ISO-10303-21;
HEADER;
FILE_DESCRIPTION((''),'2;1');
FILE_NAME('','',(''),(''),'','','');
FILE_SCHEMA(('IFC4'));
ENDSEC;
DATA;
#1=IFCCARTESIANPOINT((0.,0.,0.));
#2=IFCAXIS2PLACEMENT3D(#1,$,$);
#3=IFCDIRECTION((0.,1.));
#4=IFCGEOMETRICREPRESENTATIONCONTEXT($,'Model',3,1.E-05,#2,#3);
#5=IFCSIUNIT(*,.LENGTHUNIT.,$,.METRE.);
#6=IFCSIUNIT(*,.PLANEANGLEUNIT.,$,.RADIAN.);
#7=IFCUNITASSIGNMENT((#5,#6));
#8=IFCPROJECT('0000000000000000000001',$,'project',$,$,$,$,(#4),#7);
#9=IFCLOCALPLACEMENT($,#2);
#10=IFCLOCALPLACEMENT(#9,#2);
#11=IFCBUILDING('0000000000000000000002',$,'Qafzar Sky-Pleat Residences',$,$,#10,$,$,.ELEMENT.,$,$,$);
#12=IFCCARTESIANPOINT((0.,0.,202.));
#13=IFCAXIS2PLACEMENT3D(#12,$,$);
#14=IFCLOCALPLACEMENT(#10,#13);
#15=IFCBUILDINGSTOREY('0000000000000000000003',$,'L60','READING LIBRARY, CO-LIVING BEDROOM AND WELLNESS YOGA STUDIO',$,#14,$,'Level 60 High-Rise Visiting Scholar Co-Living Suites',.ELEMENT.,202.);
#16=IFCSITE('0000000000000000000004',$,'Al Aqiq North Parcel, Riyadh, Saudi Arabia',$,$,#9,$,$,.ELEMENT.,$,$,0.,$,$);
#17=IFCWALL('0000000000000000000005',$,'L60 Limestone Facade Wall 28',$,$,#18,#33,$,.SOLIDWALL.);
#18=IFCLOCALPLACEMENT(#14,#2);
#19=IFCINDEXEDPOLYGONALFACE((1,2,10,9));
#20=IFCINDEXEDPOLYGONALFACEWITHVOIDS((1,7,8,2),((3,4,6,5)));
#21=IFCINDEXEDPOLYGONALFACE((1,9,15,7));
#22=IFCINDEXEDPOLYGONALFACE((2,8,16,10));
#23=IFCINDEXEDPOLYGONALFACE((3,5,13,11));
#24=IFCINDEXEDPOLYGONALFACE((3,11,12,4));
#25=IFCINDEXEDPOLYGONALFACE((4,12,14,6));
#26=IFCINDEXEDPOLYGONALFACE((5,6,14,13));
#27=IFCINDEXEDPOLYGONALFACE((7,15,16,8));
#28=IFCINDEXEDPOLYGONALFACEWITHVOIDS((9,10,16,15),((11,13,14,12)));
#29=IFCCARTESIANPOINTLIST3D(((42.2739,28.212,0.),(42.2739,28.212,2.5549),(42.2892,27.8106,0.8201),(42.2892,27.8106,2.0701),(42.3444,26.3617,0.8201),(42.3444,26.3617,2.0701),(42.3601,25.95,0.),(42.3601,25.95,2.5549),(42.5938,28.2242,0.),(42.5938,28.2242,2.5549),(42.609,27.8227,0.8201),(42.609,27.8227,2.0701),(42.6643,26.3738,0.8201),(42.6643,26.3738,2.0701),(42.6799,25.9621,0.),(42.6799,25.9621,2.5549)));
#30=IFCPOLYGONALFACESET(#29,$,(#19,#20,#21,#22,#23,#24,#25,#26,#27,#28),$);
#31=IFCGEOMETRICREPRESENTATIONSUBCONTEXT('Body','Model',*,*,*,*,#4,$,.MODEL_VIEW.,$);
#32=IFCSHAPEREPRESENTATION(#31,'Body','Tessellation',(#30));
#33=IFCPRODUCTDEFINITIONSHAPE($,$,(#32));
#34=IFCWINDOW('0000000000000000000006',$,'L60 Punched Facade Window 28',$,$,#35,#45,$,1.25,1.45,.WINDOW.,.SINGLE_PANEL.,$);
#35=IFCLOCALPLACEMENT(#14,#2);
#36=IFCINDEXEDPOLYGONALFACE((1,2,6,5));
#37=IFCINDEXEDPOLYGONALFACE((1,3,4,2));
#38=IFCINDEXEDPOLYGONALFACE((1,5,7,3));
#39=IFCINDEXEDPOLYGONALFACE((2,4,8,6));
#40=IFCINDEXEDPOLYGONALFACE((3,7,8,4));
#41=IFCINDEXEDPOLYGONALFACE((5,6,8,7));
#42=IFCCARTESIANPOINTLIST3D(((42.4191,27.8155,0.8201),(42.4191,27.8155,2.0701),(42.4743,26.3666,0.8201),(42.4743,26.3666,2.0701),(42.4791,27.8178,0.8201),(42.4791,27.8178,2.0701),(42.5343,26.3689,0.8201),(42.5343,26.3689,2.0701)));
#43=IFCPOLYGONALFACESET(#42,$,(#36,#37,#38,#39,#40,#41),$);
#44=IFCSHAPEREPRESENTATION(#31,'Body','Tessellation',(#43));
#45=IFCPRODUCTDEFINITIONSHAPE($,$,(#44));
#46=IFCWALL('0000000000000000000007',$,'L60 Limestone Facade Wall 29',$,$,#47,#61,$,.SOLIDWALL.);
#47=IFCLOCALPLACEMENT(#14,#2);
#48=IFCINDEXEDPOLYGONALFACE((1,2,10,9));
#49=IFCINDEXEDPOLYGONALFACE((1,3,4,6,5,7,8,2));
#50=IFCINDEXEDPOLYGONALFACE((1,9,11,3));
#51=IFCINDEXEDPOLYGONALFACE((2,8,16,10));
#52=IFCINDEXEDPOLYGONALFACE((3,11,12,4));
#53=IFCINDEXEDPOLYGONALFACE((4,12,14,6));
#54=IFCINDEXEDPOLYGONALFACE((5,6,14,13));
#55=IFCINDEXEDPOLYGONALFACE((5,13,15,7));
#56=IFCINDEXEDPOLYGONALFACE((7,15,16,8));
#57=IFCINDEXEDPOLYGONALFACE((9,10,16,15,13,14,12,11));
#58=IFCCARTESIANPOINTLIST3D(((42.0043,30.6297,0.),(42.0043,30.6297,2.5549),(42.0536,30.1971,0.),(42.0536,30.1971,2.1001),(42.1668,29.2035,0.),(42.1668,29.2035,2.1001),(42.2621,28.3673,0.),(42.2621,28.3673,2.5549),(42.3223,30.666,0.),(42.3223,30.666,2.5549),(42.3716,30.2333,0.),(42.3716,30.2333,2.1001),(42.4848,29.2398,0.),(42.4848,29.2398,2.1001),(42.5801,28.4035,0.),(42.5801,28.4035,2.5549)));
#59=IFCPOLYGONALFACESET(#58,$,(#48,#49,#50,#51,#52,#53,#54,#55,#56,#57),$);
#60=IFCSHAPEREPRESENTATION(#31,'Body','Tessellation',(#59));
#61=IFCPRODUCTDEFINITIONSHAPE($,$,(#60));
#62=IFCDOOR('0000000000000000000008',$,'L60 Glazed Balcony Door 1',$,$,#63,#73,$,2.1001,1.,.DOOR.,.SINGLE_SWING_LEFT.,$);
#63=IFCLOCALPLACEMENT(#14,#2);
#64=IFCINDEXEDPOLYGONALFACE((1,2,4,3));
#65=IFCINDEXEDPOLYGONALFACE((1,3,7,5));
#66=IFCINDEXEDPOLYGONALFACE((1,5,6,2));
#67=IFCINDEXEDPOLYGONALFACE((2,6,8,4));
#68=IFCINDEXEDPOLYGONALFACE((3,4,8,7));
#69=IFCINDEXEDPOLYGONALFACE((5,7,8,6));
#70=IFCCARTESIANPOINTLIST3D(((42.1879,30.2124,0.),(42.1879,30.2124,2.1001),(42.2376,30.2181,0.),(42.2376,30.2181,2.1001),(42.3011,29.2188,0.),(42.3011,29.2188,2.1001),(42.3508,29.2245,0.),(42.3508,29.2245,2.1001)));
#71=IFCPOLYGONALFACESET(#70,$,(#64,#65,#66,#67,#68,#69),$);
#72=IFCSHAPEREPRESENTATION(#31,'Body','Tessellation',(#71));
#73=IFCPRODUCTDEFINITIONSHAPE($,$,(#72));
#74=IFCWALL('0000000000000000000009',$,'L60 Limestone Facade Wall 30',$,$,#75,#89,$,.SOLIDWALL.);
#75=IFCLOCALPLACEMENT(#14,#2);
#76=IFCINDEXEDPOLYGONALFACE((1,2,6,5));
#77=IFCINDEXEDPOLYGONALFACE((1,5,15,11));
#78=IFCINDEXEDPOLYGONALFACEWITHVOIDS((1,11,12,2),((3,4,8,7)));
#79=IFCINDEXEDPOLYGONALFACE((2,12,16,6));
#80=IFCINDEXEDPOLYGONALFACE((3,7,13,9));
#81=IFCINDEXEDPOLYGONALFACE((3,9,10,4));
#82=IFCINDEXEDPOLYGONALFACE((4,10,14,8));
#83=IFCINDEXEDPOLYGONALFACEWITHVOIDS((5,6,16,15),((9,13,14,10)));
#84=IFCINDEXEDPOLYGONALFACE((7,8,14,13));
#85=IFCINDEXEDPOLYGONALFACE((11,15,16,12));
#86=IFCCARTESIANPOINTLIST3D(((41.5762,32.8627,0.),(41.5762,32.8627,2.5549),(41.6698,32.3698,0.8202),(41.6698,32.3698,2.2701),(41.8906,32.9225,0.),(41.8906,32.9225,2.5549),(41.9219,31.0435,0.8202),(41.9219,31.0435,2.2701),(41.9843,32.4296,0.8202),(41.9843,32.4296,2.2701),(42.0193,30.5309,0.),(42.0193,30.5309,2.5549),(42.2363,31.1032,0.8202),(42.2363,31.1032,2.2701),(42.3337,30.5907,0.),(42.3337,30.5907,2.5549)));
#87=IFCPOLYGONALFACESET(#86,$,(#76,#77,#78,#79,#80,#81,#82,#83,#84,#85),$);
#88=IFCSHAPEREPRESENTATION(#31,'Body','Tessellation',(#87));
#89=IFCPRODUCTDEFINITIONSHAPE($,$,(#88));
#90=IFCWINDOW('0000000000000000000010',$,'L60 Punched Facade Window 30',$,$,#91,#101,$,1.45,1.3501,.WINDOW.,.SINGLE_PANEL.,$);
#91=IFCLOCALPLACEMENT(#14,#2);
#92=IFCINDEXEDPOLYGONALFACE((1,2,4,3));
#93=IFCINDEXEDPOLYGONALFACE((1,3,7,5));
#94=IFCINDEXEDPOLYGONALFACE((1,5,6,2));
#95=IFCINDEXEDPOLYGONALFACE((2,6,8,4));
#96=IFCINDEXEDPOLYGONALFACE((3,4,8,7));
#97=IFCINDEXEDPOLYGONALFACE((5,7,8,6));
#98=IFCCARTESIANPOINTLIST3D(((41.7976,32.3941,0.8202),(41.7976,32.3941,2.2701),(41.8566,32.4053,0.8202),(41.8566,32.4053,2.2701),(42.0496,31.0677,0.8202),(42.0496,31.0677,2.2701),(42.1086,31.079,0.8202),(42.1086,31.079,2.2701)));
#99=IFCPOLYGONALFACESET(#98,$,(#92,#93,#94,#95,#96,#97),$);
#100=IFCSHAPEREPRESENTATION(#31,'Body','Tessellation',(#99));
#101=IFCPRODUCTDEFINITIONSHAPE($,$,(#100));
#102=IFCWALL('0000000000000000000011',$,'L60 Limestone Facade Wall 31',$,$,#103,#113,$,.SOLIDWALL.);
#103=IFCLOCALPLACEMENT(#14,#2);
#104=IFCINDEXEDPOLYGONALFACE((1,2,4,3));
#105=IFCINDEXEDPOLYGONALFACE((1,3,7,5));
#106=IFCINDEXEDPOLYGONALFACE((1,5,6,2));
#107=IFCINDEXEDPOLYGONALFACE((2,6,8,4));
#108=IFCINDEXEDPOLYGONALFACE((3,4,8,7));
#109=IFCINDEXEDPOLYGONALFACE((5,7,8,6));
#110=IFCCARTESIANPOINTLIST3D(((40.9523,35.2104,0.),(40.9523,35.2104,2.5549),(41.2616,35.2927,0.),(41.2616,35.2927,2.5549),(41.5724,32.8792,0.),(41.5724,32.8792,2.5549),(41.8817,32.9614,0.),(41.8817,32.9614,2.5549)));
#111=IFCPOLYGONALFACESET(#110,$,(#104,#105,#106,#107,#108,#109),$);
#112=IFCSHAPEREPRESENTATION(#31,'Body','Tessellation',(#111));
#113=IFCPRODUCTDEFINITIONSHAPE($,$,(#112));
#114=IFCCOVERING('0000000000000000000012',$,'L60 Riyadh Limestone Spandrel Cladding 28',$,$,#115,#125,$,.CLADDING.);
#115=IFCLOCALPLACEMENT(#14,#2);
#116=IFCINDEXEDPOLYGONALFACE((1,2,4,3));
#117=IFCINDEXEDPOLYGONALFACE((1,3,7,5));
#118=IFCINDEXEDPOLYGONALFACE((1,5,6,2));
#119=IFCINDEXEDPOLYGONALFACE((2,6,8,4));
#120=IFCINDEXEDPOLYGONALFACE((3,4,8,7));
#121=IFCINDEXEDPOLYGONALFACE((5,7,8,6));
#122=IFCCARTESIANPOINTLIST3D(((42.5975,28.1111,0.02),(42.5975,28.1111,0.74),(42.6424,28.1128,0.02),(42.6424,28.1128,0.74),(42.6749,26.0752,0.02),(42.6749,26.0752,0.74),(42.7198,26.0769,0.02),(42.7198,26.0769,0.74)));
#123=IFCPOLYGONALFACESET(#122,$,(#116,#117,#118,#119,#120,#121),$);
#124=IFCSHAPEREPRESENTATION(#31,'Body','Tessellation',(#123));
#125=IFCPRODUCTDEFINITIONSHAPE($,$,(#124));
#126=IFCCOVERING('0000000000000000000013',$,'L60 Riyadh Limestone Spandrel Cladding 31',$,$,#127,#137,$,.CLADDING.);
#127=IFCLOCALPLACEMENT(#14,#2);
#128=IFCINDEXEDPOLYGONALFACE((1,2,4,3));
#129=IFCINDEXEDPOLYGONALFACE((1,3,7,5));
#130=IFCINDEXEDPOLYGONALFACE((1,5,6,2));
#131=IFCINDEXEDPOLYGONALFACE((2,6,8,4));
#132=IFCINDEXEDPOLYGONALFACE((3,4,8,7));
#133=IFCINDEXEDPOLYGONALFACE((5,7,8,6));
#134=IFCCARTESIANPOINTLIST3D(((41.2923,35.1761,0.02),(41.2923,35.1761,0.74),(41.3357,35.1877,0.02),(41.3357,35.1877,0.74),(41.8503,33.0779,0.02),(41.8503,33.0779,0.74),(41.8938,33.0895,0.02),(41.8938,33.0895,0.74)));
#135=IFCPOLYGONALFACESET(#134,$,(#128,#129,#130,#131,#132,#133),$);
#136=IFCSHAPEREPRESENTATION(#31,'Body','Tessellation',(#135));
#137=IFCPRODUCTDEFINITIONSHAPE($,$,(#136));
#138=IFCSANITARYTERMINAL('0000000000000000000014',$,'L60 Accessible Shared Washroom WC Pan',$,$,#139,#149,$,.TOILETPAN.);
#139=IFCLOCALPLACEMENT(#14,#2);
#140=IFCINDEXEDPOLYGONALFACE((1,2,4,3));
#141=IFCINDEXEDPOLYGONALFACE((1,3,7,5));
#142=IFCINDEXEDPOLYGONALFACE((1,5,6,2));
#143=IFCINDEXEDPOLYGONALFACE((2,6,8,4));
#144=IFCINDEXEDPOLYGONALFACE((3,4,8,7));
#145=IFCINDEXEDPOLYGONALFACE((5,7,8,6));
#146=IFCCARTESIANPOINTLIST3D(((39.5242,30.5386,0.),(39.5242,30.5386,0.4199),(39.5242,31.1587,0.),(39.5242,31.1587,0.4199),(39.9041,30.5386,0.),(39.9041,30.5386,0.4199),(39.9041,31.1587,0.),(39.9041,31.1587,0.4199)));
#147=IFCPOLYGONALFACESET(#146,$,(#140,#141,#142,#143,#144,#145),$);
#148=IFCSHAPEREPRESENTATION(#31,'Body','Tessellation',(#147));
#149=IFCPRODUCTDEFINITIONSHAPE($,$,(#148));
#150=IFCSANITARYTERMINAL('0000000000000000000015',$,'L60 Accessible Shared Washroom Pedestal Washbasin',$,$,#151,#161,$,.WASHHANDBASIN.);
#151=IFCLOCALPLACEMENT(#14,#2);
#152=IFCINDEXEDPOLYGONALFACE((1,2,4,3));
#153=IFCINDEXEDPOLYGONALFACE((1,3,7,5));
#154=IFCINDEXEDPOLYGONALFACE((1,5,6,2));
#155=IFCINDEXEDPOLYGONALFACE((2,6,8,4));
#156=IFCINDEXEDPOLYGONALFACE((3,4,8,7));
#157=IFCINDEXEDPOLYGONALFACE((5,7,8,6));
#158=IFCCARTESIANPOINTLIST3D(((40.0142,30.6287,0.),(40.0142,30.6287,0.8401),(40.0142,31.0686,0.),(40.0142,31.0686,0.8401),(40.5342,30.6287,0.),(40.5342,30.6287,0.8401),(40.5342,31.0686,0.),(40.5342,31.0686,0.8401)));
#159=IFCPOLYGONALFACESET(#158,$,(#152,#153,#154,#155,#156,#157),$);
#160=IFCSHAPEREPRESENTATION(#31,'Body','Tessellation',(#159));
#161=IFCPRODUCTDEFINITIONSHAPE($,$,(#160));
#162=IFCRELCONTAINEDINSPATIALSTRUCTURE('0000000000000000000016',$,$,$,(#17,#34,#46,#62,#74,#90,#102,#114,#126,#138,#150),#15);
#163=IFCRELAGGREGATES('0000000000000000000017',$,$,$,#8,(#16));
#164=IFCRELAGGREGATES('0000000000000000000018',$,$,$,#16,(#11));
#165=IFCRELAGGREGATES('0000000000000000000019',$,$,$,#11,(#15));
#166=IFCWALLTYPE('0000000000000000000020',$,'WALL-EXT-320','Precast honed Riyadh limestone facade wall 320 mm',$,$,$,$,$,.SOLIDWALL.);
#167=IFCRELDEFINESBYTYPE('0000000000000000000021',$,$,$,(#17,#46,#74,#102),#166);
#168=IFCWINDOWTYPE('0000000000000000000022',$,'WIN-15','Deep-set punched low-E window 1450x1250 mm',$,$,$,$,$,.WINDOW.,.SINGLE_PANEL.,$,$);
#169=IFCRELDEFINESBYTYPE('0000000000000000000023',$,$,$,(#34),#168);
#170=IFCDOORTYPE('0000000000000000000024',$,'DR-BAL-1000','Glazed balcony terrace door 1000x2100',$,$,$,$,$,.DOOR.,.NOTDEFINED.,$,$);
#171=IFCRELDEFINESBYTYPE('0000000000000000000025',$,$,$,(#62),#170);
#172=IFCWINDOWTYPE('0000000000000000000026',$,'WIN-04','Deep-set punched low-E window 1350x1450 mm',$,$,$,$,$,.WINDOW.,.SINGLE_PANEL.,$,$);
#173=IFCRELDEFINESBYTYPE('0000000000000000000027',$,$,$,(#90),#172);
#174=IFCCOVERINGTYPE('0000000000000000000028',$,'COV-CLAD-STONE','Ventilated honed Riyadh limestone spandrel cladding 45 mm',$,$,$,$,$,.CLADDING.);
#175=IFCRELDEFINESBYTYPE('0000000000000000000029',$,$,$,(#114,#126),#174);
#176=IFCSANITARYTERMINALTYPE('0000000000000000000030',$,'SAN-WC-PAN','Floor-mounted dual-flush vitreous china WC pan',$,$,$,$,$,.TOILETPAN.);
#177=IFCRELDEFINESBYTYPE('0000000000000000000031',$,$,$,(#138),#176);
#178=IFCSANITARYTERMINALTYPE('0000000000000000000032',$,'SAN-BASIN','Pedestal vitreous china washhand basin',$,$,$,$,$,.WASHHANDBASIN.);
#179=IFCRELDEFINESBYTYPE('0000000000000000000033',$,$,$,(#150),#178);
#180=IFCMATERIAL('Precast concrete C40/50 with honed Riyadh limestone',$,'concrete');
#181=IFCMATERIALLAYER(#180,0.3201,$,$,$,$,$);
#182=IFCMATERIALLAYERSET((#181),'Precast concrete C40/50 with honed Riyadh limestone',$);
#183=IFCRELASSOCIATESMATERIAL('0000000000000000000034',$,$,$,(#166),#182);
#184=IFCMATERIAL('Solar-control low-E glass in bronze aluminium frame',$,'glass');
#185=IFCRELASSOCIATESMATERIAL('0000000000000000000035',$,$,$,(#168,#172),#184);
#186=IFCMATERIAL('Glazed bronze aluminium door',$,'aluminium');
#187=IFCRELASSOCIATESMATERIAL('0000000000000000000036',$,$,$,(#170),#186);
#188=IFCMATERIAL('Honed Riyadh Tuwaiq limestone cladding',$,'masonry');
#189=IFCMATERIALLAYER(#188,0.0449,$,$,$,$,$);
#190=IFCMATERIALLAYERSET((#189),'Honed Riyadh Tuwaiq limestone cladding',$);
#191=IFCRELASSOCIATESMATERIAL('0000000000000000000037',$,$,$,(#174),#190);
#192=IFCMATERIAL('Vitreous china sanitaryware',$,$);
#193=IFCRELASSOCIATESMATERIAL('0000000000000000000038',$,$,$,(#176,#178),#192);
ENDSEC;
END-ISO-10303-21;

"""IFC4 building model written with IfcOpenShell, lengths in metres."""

from ifc_helpers import new_model, si_unit, direction, frame, frame_2d, origin, origin_2d, place, context, subcontext, project, spatial, rectangle, extrude, source, transform, mapped, material, layer, layer_set, type_object, element, fill, save


model = new_model("IFC4")

# Units and contexts
model_context = context("Model", 3, precision=1e-05, world=origin(), true_north=direction((0.0, 1.0)))
body_context = subcontext(model_context, "Body", "Model", "MODEL_VIEW")
ifc_project = project(units=[si_unit("LENGTHUNIT", "METRE"), si_unit("PLANEANGLEUNIT", "RADIAN")], contexts=[model_context])

# Site, building, storey
site_placement = place(None, origin())
site = spatial("IfcSite", under=ifc_project, at=site_placement, Name="Al Aqiq North Parcel, Riyadh, Saudi Arabia", CompositionType="ELEMENT", RefElevation=0.0)
building_placement = place(site_placement, origin())
building = spatial("IfcBuilding", under=site, at=building_placement, Name="Qafzar Sky-Pleat Residences", CompositionType="ELEMENT")
storey_placement = place(building_placement, frame((0.0, 0.0, 202.0)))
storey = spatial("IfcBuildingStorey", under=building, at=storey_placement, Name="L60", Description="READING LIBRARY, CO-LIVING BEDROOM AND WELLNESS YOGA STUDIO", LongName="Level 60 High-Rise Visiting Scholar Co-Living Suites", CompositionType="ELEMENT", Elevation=202.0)

# Wall, opening, window
ifc_material_1 = material(Name="Precast concrete C40/50 with honed Riyadh limestone", Category="concrete")
ifc_layer_1 = layer(ifc_material_1, 0.3201)
ifc_layer_set_1 = layer_set([ifc_layer_1], Name="Precast concrete C40/50 with honed Riyadh limestone")
wall_type_1 = type_object("IfcWallType", Name="WALL-EXT-320", Description="Precast honed Riyadh limestone facade wall 320 mm", PredefinedType="SOLIDWALL", material=ifc_layer_set_1)
wall_1_placement = place(storey_placement, frame((42.52, 25.9561, 0.0), z_axis=(0.0, 0.0, 1.0), x_axis=(-0.038073, 0.999275, 0.0)))
wall_1 = element("IfcWall", 1, at=wall_1_placement, inside=storey, type_object=wall_type_1, Name="L60 Limestone Facade Wall 28", PredefinedType="SOLIDWALL", context=body_context, shape_type="SweptSolid", body=[
    extrude(rectangle(XDim=2.2637, YDim=0.3201, at=frame_2d((1.1318, 0.0))), origin(), (0.0, 0.0, 1.0), 2.5549),
])
opening_1_placement = place(wall_1_placement, frame((0.4119, 0.0, 0.8201)))
opening_1 = element("IfcOpeningElement", 2, at=opening_1_placement, cuts=wall_1, PredefinedType="OPENING", context=body_context, shape_type="SweptSolid", body=[
    extrude(rectangle(XDim=1.45, YDim=1.25, at=frame_2d((0.7251, 0.625))), frame((0.0, 0.1699, 0.0), z_axis=(0.0, -1.0, 0.0), x_axis=(1.0, 0.0, 0.0)), (0.0, 0.0, 1.0), 0.3401),
])
ifc_material_2 = material(Name="Solar-control low-E glass in bronze aluminium frame", Category="glass")
window_type_1 = type_object("IfcWindowType", Name="WIN-15", Description="Deep-set punched low-E window 1450x1250 mm", PartitioningType="SINGLE_PANEL", PredefinedType="WINDOW", material=ifc_material_2)
shared_shape_1 = source(origin(), body_context, "Body", "SweptSolid", [
    extrude(rectangle(XDim=1.45, YDim=1.25, at=frame_2d((0.7251, 0.625))), frame((0.0, 0.03, 0.0), z_axis=(0.0, -1.0, 0.0), x_axis=(1.0, 0.0, 0.0)), (0.0, 0.0, 1.0), 0.0601),
])
window_1_placement = place(opening_1_placement, origin())
window_1 = element("IfcWindow", 3, at=window_1_placement, inside=storey, type_object=window_type_1, Name="L60 Punched Facade Window 28", OverallHeight=1.25, OverallWidth=1.45, PartitioningType="SINGLE_PANEL", PredefinedType="WINDOW", context=body_context, shape_type="MappedRepresentation", body=[
    mapped(shared_shape_1, transform((0.0, 0.0, 0.0), x_axis=(1.0, 0.0, 0.0), y_axis=(0.0, 1.0, 0.0), z_axis=(0.0, 0.0, 1.0), scale=1.0)),
])
fill(opening_1, window_1)

# Wall, opening, door
wall_2_placement = place(storey_placement, frame((42.4211, 28.3853, 0.0), z_axis=(0.0, 0.0, 1.0), x_axis=(-0.11322, 0.99357, 0.0)))
wall_2 = element("IfcWall", 4, at=wall_2_placement, inside=storey, type_object=wall_type_1, Name="L60 Limestone Facade Wall 29", PredefinedType="SOLIDWALL", context=body_context, shape_type="SweptSolid", body=[
    extrude(rectangle(XDim=2.2771, YDim=0.3201, at=frame_2d((1.1387, 0.0))), origin(), (0.0, 0.0, 1.0), 2.5549),
])
opening_2_placement = place(wall_2_placement, frame((0.8418, 0.0, 0.0)))
opening_2 = element("IfcOpeningElement", 5, at=opening_2_placement, cuts=wall_2, PredefinedType="OPENING", context=body_context, shape_type="SweptSolid", body=[
    extrude(rectangle(XDim=1.0, YDim=2.1001, at=frame_2d((0.5, 1.05))), frame((0.0, 0.1699, 0.0), z_axis=(0.0, -1.0, 0.0), x_axis=(1.0, 0.0, 0.0)), (0.0, 0.0, 1.0), 0.3401),
])
ifc_material_3 = material(Name="Glazed bronze aluminium door", Category="aluminium")
door_type = type_object("IfcDoorType", Name="DR-BAL-1000", Description="Glazed balcony terrace door 1000x2100", OperationType="NOTDEFINED", PredefinedType="DOOR", material=ifc_material_3)
shared_shape_2 = source(origin(), body_context, "Body", "SweptSolid", [
    extrude(rectangle(XDim=1.0, YDim=2.1001, at=frame_2d((0.5, 1.05))), frame((0.0, 0.0249, 0.0), z_axis=(0.0, -1.0, 0.0), x_axis=(1.0, 0.0, 0.0)), (0.0, 0.0, 1.0), 0.05),
])
door_placement = place(opening_2_placement, origin())
door = element("IfcDoor", 6, at=door_placement, inside=storey, type_object=door_type, Name="L60 Glazed Balcony Door 1", OperationType="SINGLE_SWING_LEFT", OverallHeight=2.1001, OverallWidth=1.0, PredefinedType="DOOR", context=body_context, shape_type="MappedRepresentation", body=[
    mapped(shared_shape_2, transform((0.0, 0.0, 0.0), x_axis=(1.0, 0.0, 0.0), y_axis=(0.0, 1.0, 0.0), z_axis=(0.0, 0.0, 1.0), scale=1.0)),
])
fill(opening_2, door)

# Wall, opening, window
wall_3_placement = place(storey_placement, frame((42.1765, 30.5608, 0.0), z_axis=(0.0, 0.0, 1.0), x_axis=(-0.186691, 0.982419, 0.0)))
wall_3 = element("IfcWall", 7, at=wall_3_placement, inside=storey, type_object=wall_type_1, Name="L60 Limestone Facade Wall 30", PredefinedType="SOLIDWALL", context=body_context, shape_type="SweptSolid", body=[
    extrude(rectangle(XDim=2.3735, YDim=0.3201, at=frame_2d((1.1868, 0.0))), origin(), (0.0, 0.0, 1.0), 2.5549),
])
opening_3_placement = place(wall_3_placement, frame((0.5217, 0.0, 0.8201)))
opening_3 = element("IfcOpeningElement", 8, at=opening_3_placement, cuts=wall_3, PredefinedType="OPENING", context=body_context, shape_type="SweptSolid", body=[
    extrude(rectangle(XDim=1.3501, YDim=1.45, at=frame_2d((0.675, 0.7251))), frame((0.0, 0.1699, 0.0), z_axis=(0.0, -1.0, 0.0), x_axis=(1.0, 0.0, 0.0)), (0.0, 0.0, 1.0), 0.3401),
])
window_type_2 = type_object("IfcWindowType", Name="WIN-04", Description="Deep-set punched low-E window 1350x1450 mm", PartitioningType="SINGLE_PANEL", PredefinedType="WINDOW", material=ifc_material_2)
shared_shape_3 = source(origin(), body_context, "Body", "SweptSolid", [
    extrude(rectangle(XDim=1.3501, YDim=1.45, at=frame_2d((0.675, 0.7251))), frame((0.0, 0.03, 0.0), z_axis=(0.0, -1.0, 0.0), x_axis=(1.0, 0.0, 0.0)), (0.0, 0.0, 1.0), 0.0601),
])
window_2_placement = place(opening_3_placement, origin())
window_2 = element("IfcWindow", 9, at=window_2_placement, inside=storey, type_object=window_type_2, Name="L60 Punched Facade Window 30", OverallHeight=1.45, OverallWidth=1.3501, PartitioningType="SINGLE_PANEL", PredefinedType="WINDOW", context=body_context, shape_type="MappedRepresentation", body=[
    mapped(shared_shape_3, transform((0.0, 0.0, 0.0), x_axis=(1.0, 0.0, 0.0), y_axis=(0.0, 1.0, 0.0), z_axis=(0.0, 0.0, 1.0), scale=1.0)),
])
fill(opening_3, window_2)

# Wall
wall_4_placement = place(storey_placement, frame((41.7271, 32.9204, 0.0), z_axis=(0.0, 0.0, 1.0), x_axis=(-0.257058, 0.966396, 0.0)))
element("IfcWall", 10, at=wall_4_placement, inside=storey, type_object=wall_type_1, Name="L60 Limestone Facade Wall 31", PredefinedType="SOLIDWALL", context=body_context, shape_type="SweptSolid", body=[
    extrude(rectangle(XDim=2.4124, YDim=0.3201, at=frame_2d((1.2061, 0.0))), origin(), (0.0, 0.0, 1.0), 2.5549),
])

# Coverings
ifc_material_4 = material(Name="Honed Riyadh Tuwaiq limestone cladding", Category="masonry")
ifc_layer_2 = layer(ifc_material_4, 0.0449)
ifc_layer_set_2 = layer_set([ifc_layer_2], Name="Honed Riyadh Tuwaiq limestone cladding")
covering_type = type_object("IfcCoveringType", Name="COV-CLAD-STONE", Description="Ventilated honed Riyadh limestone spandrel cladding 45 mm", PredefinedType="CLADDING", material=ifc_layer_set_2)
shared_shape_4 = source(origin(), body_context, "Body", "SweptSolid", [
    extrude(rectangle(XDim=2.0374, YDim=0.0449, at=origin_2d()), origin(), (0.0, 0.0, 1.0), 0.72),
])
covering_1_placement = place(storey_placement, frame((42.6587, 27.094, 0.02), z_axis=(0.0, 0.0, 1.0), x_axis=(-0.037992, 0.999278, 0.0)))
element("IfcCovering", 11, at=covering_1_placement, inside=storey, type_object=covering_type, Name="L60 Riyadh Limestone Spandrel Cladding 28", PredefinedType="CLADDING", context=body_context, shape_type="MappedRepresentation", body=[
    mapped(shared_shape_4, transform((0.0, 0.0, 0.0), x_axis=(1.0, 0.0, 0.0), y_axis=(0.0, 1.0, 0.0), z_axis=(0.0, 0.0, 1.0), scale=1.0)),
])
shared_shape_5 = source(origin(), body_context, "Body", "SweptSolid", [
    extrude(rectangle(XDim=2.1711, YDim=0.0449, at=origin_2d()), origin(), (0.0, 0.0, 1.0), 0.72),
])
covering_2_placement = place(storey_placement, frame((41.593, 34.1328, 0.02), z_axis=(0.0, 0.0, 1.0), x_axis=(-0.257041, 0.966401, 0.0)))
element("IfcCovering", 12, at=covering_2_placement, inside=storey, type_object=covering_type, Name="L60 Riyadh Limestone Spandrel Cladding 31", PredefinedType="CLADDING", context=body_context, shape_type="MappedRepresentation", body=[
    mapped(shared_shape_5, transform((0.0, 0.0, 0.0), x_axis=(1.0, 0.0, 0.0), y_axis=(0.0, 1.0, 0.0), z_axis=(0.0, 0.0, 1.0), scale=1.0)),
])

# Sanitary terminals
ifc_material_5 = material(Name="Vitreous china sanitaryware")
sanitary_terminal_type_1 = type_object("IfcSanitaryTerminalType", Name="SAN-WC-PAN", Description="Floor-mounted dual-flush vitreous china WC pan", PredefinedType="TOILETPAN", material=ifc_material_5)
shared_shape_6 = source(origin(), body_context, "Body", "SweptSolid", [
    extrude(rectangle(XDim=0.3799, YDim=0.6201, at=origin_2d()), origin(), (0.0, 0.0, 1.0), 0.4199),
])
sanitary_terminal_1_placement = place(storey_placement, frame((39.7141, 30.8486, 0.0), z_axis=(0.0, 0.0, 1.0), x_axis=(1.0, 0.0, 0.0)))
element("IfcSanitaryTerminal", 13, at=sanitary_terminal_1_placement, inside=storey, type_object=sanitary_terminal_type_1, Name="L60 Accessible Shared Washroom WC Pan", PredefinedType="TOILETPAN", context=body_context, shape_type="MappedRepresentation", body=[
    mapped(shared_shape_6, transform((0.0, 0.0, 0.0), x_axis=(1.0, 0.0, 0.0), y_axis=(0.0, 1.0, 0.0), z_axis=(0.0, 0.0, 1.0), scale=1.0)),
])
sanitary_terminal_type_2 = type_object("IfcSanitaryTerminalType", Name="SAN-BASIN", Description="Pedestal vitreous china washhand basin", PredefinedType="WASHHANDBASIN", material=ifc_material_5)
shared_shape_7 = source(origin(), body_context, "Body", "SweptSolid", [
    extrude(rectangle(XDim=0.52, YDim=0.4399, at=origin_2d()), origin(), (0.0, 0.0, 1.0), 0.8401),
])
sanitary_terminal_2_placement = place(storey_placement, frame((40.2742, 30.8486, 0.0), z_axis=(0.0, 0.0, 1.0), x_axis=(1.0, 0.0, 0.0)))
element("IfcSanitaryTerminal", 14, at=sanitary_terminal_2_placement, inside=storey, type_object=sanitary_terminal_type_2, Name="L60 Accessible Shared Washroom Pedestal Washbasin", PredefinedType="WASHHANDBASIN", context=body_context, shape_type="MappedRepresentation", body=[
    mapped(shared_shape_7, transform((0.0, 0.0, 0.0), x_axis=(1.0, 0.0, 0.0), y_axis=(0.0, 1.0, 0.0), z_axis=(0.0, 0.0, 1.0), scale=1.0)),
])

save(model, "model.ifc")
